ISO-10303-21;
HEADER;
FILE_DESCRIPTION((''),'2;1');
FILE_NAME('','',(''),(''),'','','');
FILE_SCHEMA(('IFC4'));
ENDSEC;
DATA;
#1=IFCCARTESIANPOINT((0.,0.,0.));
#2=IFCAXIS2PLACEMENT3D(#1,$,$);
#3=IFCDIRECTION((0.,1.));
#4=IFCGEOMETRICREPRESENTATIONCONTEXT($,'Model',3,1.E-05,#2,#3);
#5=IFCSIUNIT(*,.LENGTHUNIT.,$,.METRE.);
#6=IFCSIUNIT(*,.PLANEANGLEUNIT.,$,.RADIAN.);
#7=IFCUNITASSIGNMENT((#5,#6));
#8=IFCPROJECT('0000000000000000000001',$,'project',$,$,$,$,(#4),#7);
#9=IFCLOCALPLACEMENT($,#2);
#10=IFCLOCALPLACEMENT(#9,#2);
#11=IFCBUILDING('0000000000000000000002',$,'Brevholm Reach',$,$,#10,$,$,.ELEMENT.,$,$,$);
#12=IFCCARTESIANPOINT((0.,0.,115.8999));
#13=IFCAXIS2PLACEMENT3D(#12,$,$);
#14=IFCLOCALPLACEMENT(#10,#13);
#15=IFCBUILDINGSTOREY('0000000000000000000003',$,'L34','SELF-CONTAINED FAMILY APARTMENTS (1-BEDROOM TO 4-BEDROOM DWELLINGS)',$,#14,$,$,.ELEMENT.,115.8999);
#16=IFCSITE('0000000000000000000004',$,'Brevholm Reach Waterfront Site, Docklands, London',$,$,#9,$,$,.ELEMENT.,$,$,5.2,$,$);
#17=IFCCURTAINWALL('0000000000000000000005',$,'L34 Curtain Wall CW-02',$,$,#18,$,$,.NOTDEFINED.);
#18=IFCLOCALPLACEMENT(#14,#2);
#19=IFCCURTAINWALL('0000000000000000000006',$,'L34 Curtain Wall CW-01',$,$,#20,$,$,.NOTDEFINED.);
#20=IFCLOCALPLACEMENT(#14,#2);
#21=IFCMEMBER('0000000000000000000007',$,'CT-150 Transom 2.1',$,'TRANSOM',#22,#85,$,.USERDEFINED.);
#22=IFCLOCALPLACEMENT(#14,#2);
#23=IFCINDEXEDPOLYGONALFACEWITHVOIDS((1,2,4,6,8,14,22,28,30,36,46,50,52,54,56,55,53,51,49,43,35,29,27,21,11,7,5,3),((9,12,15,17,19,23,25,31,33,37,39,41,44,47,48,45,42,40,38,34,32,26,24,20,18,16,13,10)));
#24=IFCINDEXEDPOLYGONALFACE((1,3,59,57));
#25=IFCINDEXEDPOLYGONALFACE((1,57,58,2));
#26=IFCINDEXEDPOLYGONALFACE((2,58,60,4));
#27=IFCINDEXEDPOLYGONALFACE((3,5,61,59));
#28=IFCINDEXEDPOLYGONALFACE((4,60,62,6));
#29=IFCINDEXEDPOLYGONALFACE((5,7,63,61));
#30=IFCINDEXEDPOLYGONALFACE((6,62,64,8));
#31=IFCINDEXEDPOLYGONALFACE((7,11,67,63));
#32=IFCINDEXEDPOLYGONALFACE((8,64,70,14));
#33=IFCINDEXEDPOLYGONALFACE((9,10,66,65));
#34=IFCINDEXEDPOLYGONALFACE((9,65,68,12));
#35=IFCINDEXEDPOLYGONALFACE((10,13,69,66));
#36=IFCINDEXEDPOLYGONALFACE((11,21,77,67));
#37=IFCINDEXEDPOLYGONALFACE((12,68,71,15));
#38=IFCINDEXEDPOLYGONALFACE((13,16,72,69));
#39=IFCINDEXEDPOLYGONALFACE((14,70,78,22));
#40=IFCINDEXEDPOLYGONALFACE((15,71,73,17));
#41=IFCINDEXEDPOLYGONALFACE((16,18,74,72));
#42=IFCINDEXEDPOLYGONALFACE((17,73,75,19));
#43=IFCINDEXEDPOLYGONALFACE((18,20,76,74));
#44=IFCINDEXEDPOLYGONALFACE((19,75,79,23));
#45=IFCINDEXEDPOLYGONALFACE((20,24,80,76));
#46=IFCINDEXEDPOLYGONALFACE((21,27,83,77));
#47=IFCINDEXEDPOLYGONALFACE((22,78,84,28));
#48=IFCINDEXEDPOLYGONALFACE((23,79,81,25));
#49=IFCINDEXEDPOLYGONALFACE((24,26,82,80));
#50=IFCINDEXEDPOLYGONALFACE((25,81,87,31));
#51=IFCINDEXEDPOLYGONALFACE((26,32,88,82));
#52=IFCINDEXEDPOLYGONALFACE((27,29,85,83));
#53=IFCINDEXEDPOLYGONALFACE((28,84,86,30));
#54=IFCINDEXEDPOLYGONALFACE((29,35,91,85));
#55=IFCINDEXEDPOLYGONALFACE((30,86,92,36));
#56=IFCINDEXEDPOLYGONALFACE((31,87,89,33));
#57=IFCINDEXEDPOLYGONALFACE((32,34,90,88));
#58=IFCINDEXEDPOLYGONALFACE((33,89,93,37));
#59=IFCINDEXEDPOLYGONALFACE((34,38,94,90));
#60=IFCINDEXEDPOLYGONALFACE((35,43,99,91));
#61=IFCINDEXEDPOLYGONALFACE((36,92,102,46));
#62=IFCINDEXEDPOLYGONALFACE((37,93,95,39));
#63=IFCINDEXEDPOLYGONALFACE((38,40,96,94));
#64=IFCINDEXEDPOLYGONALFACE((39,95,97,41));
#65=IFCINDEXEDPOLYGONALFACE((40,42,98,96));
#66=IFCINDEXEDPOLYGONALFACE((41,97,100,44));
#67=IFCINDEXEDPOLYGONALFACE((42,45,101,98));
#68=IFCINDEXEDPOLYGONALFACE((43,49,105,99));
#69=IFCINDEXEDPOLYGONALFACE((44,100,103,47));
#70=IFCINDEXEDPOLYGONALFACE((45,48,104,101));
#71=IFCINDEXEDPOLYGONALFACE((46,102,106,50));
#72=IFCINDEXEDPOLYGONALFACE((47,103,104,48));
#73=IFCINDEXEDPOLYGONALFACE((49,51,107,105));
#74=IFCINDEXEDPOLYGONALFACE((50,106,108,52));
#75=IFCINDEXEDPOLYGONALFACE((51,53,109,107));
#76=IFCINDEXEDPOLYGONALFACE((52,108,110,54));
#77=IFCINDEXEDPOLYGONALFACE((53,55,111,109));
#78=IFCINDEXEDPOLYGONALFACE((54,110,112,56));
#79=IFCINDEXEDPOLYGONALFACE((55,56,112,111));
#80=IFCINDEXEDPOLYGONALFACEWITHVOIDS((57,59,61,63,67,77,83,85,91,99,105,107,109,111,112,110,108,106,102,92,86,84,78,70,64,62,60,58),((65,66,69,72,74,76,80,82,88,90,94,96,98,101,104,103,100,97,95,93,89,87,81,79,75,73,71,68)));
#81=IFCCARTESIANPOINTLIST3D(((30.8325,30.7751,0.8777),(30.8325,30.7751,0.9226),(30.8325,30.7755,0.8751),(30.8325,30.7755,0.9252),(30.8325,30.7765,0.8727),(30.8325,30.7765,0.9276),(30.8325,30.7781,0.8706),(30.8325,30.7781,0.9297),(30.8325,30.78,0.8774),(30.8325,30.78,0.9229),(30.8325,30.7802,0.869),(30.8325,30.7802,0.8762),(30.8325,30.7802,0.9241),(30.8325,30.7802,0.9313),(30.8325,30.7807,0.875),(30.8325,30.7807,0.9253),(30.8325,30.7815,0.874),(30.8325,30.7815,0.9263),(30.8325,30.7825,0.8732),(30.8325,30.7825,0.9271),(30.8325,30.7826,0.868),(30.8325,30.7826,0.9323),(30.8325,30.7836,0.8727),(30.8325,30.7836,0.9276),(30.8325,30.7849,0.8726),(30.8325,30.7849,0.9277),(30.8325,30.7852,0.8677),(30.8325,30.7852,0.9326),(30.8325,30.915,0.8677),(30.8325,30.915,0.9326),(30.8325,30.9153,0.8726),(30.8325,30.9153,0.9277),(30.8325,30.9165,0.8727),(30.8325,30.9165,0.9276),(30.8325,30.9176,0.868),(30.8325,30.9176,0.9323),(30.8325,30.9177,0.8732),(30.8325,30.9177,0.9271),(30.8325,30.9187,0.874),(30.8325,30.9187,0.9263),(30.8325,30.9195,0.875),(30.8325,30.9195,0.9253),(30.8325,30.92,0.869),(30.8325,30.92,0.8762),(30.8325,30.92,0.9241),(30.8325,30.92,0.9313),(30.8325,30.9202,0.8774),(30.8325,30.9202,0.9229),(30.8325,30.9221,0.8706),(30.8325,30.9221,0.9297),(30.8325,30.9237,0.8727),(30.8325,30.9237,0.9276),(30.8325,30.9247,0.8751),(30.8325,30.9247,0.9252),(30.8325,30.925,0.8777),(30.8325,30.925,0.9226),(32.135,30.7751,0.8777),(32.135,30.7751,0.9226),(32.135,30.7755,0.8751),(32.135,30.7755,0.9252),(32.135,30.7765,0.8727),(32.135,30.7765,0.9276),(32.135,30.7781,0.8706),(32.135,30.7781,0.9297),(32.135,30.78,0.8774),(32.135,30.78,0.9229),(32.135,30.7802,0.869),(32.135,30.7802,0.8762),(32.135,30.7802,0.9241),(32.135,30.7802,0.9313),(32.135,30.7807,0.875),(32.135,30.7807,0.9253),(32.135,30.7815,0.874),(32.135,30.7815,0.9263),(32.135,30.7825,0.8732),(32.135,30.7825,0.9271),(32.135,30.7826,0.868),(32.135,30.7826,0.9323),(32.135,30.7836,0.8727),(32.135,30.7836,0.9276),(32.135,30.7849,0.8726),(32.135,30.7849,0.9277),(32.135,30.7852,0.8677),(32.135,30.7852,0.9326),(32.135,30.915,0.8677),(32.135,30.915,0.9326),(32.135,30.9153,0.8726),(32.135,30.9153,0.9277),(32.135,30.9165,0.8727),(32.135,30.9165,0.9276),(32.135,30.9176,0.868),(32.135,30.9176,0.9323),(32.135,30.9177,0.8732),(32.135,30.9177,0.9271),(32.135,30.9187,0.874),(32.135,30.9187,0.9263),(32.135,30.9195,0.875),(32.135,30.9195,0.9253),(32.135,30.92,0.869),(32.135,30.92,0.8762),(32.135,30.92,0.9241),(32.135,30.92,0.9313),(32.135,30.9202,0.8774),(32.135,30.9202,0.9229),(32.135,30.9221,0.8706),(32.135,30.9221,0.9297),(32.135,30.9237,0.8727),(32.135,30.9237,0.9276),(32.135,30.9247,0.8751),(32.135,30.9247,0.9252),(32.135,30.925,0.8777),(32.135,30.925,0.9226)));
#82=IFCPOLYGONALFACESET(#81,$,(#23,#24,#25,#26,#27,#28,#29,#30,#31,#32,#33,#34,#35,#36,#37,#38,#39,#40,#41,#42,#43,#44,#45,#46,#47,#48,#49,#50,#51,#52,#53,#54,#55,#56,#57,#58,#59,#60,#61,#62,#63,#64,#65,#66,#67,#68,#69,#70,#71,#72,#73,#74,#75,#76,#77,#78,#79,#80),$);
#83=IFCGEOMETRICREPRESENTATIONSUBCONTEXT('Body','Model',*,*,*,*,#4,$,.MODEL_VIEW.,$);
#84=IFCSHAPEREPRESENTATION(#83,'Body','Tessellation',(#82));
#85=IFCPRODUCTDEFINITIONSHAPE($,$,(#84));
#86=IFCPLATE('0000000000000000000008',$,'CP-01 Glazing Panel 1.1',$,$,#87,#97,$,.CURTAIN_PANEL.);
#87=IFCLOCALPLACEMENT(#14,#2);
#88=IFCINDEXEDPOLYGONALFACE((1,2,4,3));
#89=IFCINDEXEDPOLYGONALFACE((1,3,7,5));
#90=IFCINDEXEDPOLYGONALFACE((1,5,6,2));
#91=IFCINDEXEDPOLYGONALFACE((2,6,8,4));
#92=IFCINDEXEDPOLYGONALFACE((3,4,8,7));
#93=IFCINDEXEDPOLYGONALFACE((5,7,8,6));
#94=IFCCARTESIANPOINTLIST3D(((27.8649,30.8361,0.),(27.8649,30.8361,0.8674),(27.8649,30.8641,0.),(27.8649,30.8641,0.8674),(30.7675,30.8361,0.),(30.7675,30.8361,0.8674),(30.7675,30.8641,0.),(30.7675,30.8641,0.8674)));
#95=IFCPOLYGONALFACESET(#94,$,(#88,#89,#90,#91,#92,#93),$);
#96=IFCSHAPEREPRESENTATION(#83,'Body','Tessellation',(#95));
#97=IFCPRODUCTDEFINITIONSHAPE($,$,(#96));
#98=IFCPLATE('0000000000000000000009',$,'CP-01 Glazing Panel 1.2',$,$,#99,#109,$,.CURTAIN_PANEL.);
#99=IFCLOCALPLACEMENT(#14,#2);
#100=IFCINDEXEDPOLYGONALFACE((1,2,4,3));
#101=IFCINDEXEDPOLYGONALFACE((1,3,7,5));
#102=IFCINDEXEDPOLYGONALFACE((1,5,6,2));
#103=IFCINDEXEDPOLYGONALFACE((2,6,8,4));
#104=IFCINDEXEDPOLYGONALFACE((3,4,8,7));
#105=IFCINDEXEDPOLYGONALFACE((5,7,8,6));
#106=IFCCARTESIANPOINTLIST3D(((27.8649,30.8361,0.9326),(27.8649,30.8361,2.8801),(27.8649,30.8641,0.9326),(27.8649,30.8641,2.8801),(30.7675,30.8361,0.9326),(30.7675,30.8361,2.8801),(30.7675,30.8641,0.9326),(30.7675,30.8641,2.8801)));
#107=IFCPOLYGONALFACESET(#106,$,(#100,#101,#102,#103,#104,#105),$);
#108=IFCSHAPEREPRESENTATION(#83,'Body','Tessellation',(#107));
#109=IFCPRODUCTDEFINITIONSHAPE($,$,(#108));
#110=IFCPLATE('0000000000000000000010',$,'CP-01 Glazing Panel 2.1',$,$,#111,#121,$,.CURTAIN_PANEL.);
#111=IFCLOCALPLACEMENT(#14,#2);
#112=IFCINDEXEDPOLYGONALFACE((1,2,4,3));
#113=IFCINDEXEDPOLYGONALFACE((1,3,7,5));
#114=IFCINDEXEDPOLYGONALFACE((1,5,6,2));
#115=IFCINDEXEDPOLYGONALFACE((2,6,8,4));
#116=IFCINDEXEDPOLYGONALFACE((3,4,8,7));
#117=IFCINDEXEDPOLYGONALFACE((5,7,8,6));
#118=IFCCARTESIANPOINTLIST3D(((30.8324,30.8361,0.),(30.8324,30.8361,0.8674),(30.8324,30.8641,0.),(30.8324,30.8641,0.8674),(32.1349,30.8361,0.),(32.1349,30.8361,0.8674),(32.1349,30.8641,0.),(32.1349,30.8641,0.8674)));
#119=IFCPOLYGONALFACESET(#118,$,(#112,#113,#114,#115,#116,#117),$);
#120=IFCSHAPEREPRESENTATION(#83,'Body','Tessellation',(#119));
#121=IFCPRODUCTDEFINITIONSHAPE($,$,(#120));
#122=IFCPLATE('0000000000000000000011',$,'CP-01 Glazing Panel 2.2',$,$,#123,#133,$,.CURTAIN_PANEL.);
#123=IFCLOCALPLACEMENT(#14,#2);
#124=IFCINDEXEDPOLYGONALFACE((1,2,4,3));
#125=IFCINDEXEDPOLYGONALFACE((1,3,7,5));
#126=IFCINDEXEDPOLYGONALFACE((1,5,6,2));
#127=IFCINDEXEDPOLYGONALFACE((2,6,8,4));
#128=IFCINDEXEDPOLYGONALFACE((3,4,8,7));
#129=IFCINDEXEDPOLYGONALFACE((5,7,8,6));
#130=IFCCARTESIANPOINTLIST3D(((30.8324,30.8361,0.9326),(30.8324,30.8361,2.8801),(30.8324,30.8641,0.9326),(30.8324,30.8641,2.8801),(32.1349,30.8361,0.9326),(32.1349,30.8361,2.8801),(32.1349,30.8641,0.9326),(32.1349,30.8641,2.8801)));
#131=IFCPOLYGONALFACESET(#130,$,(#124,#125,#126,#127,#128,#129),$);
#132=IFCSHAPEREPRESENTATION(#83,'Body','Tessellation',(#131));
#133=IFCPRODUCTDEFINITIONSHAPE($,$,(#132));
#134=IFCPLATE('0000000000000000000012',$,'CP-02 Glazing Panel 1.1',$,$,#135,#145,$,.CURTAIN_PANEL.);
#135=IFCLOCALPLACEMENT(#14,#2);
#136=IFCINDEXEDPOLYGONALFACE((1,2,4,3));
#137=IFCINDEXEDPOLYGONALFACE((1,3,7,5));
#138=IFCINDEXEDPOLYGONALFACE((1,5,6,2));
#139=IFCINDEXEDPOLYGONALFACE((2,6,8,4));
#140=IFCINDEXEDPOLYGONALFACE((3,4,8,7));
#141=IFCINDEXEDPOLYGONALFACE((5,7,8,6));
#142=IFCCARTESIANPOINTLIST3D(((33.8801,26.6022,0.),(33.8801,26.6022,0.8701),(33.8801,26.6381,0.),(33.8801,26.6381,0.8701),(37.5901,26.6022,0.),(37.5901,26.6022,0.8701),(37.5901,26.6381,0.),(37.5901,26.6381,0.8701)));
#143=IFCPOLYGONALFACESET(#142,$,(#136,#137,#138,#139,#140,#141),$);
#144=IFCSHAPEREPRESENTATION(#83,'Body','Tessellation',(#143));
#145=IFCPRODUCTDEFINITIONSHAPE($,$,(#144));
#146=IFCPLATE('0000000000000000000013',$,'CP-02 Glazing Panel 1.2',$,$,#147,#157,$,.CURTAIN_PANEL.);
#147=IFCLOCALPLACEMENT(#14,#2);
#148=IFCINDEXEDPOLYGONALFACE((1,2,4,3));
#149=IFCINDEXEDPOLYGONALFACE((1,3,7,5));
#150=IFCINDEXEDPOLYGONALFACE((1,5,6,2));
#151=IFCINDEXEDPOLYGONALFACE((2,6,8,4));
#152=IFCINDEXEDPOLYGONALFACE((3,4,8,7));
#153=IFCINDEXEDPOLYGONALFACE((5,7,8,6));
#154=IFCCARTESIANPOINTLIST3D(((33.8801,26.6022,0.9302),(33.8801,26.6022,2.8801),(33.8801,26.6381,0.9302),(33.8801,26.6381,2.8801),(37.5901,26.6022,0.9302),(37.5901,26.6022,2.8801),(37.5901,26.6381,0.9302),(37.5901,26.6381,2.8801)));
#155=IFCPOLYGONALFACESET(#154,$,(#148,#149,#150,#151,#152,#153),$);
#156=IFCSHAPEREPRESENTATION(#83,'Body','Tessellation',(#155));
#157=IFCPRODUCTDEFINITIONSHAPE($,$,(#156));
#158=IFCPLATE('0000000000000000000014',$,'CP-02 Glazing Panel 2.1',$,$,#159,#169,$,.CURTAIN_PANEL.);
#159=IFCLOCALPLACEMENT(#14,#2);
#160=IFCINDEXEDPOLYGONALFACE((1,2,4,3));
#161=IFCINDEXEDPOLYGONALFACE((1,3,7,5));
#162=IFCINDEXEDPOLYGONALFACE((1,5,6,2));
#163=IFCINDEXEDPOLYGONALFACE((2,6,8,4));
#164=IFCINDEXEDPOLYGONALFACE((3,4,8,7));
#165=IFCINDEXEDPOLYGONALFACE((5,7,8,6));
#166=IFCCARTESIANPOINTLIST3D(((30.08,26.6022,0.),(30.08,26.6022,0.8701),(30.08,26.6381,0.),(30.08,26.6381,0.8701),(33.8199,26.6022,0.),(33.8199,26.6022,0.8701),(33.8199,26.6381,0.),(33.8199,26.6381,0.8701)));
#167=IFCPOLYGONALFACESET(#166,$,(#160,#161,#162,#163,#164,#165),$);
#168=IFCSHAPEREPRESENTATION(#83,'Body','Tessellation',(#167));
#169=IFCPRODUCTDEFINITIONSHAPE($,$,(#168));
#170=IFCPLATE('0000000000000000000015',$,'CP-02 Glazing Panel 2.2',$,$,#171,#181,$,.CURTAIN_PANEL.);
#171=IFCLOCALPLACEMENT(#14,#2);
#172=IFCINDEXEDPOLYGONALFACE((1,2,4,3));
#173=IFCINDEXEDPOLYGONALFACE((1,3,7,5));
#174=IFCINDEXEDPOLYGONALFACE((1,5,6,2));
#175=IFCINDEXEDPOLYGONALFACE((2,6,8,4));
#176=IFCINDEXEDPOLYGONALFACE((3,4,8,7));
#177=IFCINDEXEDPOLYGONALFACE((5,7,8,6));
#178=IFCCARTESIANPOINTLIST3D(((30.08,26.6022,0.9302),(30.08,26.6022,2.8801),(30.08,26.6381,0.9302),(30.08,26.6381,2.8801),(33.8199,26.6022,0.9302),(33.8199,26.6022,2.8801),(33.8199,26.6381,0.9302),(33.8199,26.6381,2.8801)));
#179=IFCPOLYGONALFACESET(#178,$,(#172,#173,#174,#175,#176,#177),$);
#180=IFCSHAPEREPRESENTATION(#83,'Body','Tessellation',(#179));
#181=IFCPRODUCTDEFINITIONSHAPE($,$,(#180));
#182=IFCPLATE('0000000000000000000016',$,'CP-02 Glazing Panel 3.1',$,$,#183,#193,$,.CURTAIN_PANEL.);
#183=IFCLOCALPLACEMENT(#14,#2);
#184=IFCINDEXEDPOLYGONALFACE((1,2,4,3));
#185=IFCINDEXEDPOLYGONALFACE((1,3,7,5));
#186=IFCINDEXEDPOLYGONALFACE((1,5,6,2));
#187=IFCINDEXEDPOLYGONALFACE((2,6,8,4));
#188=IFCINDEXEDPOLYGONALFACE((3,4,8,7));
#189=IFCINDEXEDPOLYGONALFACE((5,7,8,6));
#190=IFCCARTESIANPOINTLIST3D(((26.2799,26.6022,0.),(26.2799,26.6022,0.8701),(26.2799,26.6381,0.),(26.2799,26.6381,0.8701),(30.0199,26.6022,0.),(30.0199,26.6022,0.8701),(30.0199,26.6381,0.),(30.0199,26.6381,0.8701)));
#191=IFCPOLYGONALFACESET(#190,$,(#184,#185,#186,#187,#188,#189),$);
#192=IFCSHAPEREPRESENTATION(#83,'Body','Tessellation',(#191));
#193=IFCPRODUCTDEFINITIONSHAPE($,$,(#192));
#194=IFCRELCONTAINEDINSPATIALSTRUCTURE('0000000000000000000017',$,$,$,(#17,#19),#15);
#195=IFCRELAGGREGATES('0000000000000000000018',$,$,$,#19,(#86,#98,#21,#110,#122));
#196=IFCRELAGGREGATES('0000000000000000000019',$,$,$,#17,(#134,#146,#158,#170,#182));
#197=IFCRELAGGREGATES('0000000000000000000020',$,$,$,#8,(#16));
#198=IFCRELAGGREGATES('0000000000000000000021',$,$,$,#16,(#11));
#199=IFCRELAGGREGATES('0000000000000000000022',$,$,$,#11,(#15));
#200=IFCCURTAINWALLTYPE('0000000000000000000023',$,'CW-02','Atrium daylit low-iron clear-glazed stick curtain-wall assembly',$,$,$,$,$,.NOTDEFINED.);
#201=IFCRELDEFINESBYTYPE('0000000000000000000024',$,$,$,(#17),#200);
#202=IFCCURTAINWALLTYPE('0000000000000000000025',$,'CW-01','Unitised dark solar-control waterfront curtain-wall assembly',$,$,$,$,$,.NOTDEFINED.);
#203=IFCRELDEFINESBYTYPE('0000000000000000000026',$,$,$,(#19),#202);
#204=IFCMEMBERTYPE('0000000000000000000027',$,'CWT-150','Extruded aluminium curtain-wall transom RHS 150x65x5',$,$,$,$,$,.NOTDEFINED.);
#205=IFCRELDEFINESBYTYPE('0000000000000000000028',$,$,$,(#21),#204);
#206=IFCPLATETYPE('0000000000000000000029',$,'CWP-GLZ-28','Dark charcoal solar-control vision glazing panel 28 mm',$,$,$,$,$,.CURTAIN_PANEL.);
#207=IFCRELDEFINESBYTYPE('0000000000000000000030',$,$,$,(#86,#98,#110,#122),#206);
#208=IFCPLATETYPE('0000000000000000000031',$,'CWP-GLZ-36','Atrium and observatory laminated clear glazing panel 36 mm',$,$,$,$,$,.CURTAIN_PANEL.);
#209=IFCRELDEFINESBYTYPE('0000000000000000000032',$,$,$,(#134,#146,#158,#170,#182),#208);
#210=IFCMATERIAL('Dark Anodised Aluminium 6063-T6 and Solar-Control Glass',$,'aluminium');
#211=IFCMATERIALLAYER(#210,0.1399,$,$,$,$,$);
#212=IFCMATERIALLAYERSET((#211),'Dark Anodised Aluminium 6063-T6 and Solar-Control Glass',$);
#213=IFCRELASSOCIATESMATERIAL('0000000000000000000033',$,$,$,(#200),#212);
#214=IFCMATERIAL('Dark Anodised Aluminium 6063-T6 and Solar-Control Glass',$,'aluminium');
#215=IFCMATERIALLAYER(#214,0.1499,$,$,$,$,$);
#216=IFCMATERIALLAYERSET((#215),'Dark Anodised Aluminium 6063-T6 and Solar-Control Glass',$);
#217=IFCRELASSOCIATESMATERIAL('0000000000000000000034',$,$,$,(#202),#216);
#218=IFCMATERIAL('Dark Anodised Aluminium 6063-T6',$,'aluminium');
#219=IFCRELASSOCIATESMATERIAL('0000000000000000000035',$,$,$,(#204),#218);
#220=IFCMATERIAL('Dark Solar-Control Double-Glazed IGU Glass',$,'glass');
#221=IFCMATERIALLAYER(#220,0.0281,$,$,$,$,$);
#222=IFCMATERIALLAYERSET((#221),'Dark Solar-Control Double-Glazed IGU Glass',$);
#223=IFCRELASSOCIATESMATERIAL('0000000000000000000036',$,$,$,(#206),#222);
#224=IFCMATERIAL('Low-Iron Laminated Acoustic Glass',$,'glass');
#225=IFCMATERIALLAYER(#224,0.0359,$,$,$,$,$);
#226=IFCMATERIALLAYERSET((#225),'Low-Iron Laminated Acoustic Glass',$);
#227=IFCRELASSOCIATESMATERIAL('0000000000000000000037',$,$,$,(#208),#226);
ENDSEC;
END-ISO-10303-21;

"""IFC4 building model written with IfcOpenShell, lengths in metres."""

from ifc_helpers import new_model, si_unit, direction, frame, origin, origin_2d, place, context, subcontext, project, spatial, rectangle, hollow_rectangle, extrude, material, layer, layer_set, material_profile, profile_set, type_object, element, aggregate, save


model = new_model("IFC4")

# Units and contexts
model_context = context("Model", 3, precision=1e-05, world=origin(), true_north=direction((0.0, 1.0)))
body_context = subcontext(model_context, "Body", "Model", "MODEL_VIEW")
ifc_project = project(units=[si_unit("LENGTHUNIT", "METRE"), si_unit("PLANEANGLEUNIT", "RADIAN")], contexts=[model_context])

# Site, building, storey
site_placement = place(None, origin())
site = spatial("IfcSite", under=ifc_project, at=site_placement, Name="Brevholm Reach Waterfront Site, Docklands, London", CompositionType="ELEMENT", RefElevation=5.2)
building_placement = place(site_placement, origin())
building = spatial("IfcBuilding", under=site, at=building_placement, Name="Brevholm Reach", CompositionType="ELEMENT")
storey_placement = place(building_placement, frame((0.0, 0.0, 115.8999)))
storey = spatial("IfcBuildingStorey", under=building, at=storey_placement, Name="L34", Description="SELF-CONTAINED FAMILY APARTMENTS (1-BEDROOM TO 4-BEDROOM DWELLINGS)", CompositionType="ELEMENT", Elevation=115.8999)

# Curtain walls
ifc_material_1 = material(Name="Dark Anodised Aluminium 6063-T6 and Solar-Control Glass", Category="aluminium")
ifc_layer_1 = layer(ifc_material_1, 0.1399)
ifc_layer_set_1 = layer_set([ifc_layer_1], Name="Dark Anodised Aluminium 6063-T6 and Solar-Control Glass")
curtain_wall_type_1 = type_object("IfcCurtainWallType", Name="CW-02", Description="Atrium daylit low-iron clear-glazed stick curtain-wall assembly", PredefinedType="NOTDEFINED", material=ifc_layer_set_1)
curtain_wall_1_placement = place(storey_placement, origin())
curtain_wall_1 = element("IfcCurtainWall", 1, at=curtain_wall_1_placement, inside=storey, type_object=curtain_wall_type_1, Name="L34 Curtain Wall CW-02", PredefinedType="NOTDEFINED")
ifc_material_2 = material(Name="Dark Anodised Aluminium 6063-T6 and Solar-Control Glass", Category="aluminium")
ifc_layer_2 = layer(ifc_material_2, 0.1499)
ifc_layer_set_2 = layer_set([ifc_layer_2], Name="Dark Anodised Aluminium 6063-T6 and Solar-Control Glass")
curtain_wall_type_2 = type_object("IfcCurtainWallType", Name="CW-01", Description="Unitised dark solar-control waterfront curtain-wall assembly", PredefinedType="NOTDEFINED", material=ifc_layer_set_2)
curtain_wall_2_placement = place(storey_placement, origin())
curtain_wall_2 = element("IfcCurtainWall", 2, at=curtain_wall_2_placement, inside=storey, type_object=curtain_wall_type_2, Name="L34 Curtain Wall CW-01", PredefinedType="NOTDEFINED")

# Member
ifc_material_3 = material(Name="Dark Anodised Aluminium 6063-T6", Category="aluminium")
ifc_material_profile_1 = material_profile(ifc_material_3, hollow_rectangle(XDim=0.0649, YDim=0.1499, WallThickness=0.0049, InnerFilletRadius=0.0049, OuterFilletRadius=0.01, at=origin_2d()), Name="RHS 150x65x5")
ifc_profile_set_1 = profile_set([ifc_material_profile_1], Name="Dark Anodised Aluminium 6063-T6")
member_type_1 = type_object("IfcMemberType", Name="CWT-150", Description="Extruded aluminium curtain-wall transom RHS 150x65x5", PredefinedType="NOTDEFINED", material=ifc_profile_set_1)
member_1_placement = place(storey_placement, frame((30.8325, 30.8501, 0.9001), z_axis=(1.0, 0.0, 0.0), x_axis=(0.0, 0.0, 1.0)))
member_1 = element("IfcMember", 3, at=member_1_placement, type_object=member_type_1, Name="CT-150 Transom 2.1", ObjectType="TRANSOM", PredefinedType="USERDEFINED", context=body_context, shape_type="SweptSolid", body=[
    extrude(hollow_rectangle(XDim=0.0649, YDim=0.1499, WallThickness=0.0049, InnerFilletRadius=0.0049, OuterFilletRadius=0.01, at=origin_2d()), origin(), (0.0, 0.0, 1.0), 1.3025),
])

# Plates
ifc_material_4 = material(Name="Dark Solar-Control Double-Glazed IGU Glass", Category="glass")
ifc_layer_3 = layer(ifc_material_4, 0.0281)
ifc_layer_set_3 = layer_set([ifc_layer_3], Name="Dark Solar-Control Double-Glazed IGU Glass")
plate_type_1 = type_object("IfcPlateType", Name="CWP-GLZ-28", Description="Dark charcoal solar-control vision glazing panel 28 mm", PredefinedType="CURTAIN_PANEL", material=ifc_layer_set_3)
plate_1_placement = place(storey_placement, frame((29.3162, 30.8501, 0.0), z_axis=(0.0, 0.0, 1.0), x_axis=(1.0, 0.0, 0.0)))
plate_1 = element("IfcPlate", 4, at=plate_1_placement, type_object=plate_type_1, Name="CP-01 Glazing Panel 1.1", PredefinedType="CURTAIN_PANEL", context=body_context, shape_type="SweptSolid", body=[
    extrude(rectangle(XDim=2.9026, YDim=0.0281, at=origin_2d()), origin(), (0.0, 0.0, 1.0), 0.8674),
])
plate_2_placement = place(storey_placement, frame((29.3162, 30.8501, 0.9326), z_axis=(0.0, 0.0, 1.0), x_axis=(1.0, 0.0, 0.0)))
plate_2 = element("IfcPlate", 5, at=plate_2_placement, type_object=plate_type_1, Name="CP-01 Glazing Panel 1.2", PredefinedType="CURTAIN_PANEL", context=body_context, shape_type="SweptSolid", body=[
    extrude(rectangle(XDim=2.9026, YDim=0.0281, at=origin_2d()), origin(), (0.0, 0.0, 1.0), 1.9475),
])
plate_3_placement = place(storey_placement, frame((31.4836, 30.8501, 0.0), z_axis=(0.0, 0.0, 1.0), x_axis=(1.0, 0.0, 0.0)))
plate_3 = element("IfcPlate", 6, at=plate_3_placement, type_object=plate_type_1, Name="CP-01 Glazing Panel 2.1", PredefinedType="CURTAIN_PANEL", context=body_context, shape_type="SweptSolid", body=[
    extrude(rectangle(XDim=1.3025, YDim=0.0281, at=origin_2d()), origin(), (0.0, 0.0, 1.0), 0.8674),
])
plate_4_placement = place(storey_placement, frame((31.4836, 30.8501, 0.9326), z_axis=(0.0, 0.0, 1.0), x_axis=(1.0, 0.0, 0.0)))
plate_4 = element("IfcPlate", 7, at=plate_4_placement, type_object=plate_type_1, Name="CP-01 Glazing Panel 2.2", PredefinedType="CURTAIN_PANEL", context=body_context, shape_type="SweptSolid", body=[
    extrude(rectangle(XDim=1.3025, YDim=0.0281, at=origin_2d()), origin(), (0.0, 0.0, 1.0), 1.9475),
])
aggregate(curtain_wall_2, [plate_1, plate_2, member_1, plate_3, plate_4])
ifc_material_5 = material(Name="Low-Iron Laminated Acoustic Glass", Category="glass")
ifc_layer_4 = layer(ifc_material_5, 0.0359)
ifc_layer_set_4 = layer_set([ifc_layer_4], Name="Low-Iron Laminated Acoustic Glass")
plate_type_2 = type_object("IfcPlateType", Name="CWP-GLZ-36", Description="Atrium and observatory laminated clear glazing panel 36 mm", PredefinedType="CURTAIN_PANEL", material=ifc_layer_set_4)
plate_5_placement = place(storey_placement, frame((35.7351, 26.6201, 0.0), z_axis=(0.0, 0.0, 1.0), x_axis=(-1.0, 0.0, 0.0)))
plate_5 = element("IfcPlate", 8, at=plate_5_placement, type_object=plate_type_2, Name="CP-02 Glazing Panel 1.1", PredefinedType="CURTAIN_PANEL", context=body_context, shape_type="SweptSolid", body=[
    extrude(rectangle(XDim=3.71, YDim=0.0359, at=origin_2d()), origin(), (0.0, 0.0, 1.0), 0.8701),
])
plate_6_placement = place(storey_placement, frame((35.7351, 26.6201, 0.9302), z_axis=(0.0, 0.0, 1.0), x_axis=(-1.0, 0.0, 0.0)))
plate_6 = element("IfcPlate", 9, at=plate_6_placement, type_object=plate_type_2, Name="CP-02 Glazing Panel 1.2", PredefinedType="CURTAIN_PANEL", context=body_context, shape_type="SweptSolid", body=[
    extrude(rectangle(XDim=3.71, YDim=0.0359, at=origin_2d()), origin(), (0.0, 0.0, 1.0), 1.95),
])
plate_7_placement = place(storey_placement, frame((31.95, 26.6201, 0.0), z_axis=(0.0, 0.0, 1.0), x_axis=(-1.0, 0.0, 0.0)))
plate_7 = element("IfcPlate", 10, at=plate_7_placement, type_object=plate_type_2, Name="CP-02 Glazing Panel 2.1", PredefinedType="CURTAIN_PANEL", context=body_context, shape_type="SweptSolid", body=[
    extrude(rectangle(XDim=3.74, YDim=0.0359, at=origin_2d()), origin(), (0.0, 0.0, 1.0), 0.8701),
])
plate_8_placement = place(storey_placement, frame((31.95, 26.6201, 0.9302), z_axis=(0.0, 0.0, 1.0), x_axis=(-1.0, 0.0, 0.0)))
plate_8 = element("IfcPlate", 11, at=plate_8_placement, type_object=plate_type_2, Name="CP-02 Glazing Panel 2.2", PredefinedType="CURTAIN_PANEL", context=body_context, shape_type="SweptSolid", body=[
    extrude(rectangle(XDim=3.74, YDim=0.0359, at=origin_2d()), origin(), (0.0, 0.0, 1.0), 1.95),
])
plate_9_placement = place(storey_placement, frame((28.1499, 26.6201, 0.0), z_axis=(0.0, 0.0, 1.0), x_axis=(-1.0, 0.0, 0.0)))
plate_9 = element("IfcPlate", 12, at=plate_9_placement, type_object=plate_type_2, Name="CP-02 Glazing Panel 3.1", PredefinedType="CURTAIN_PANEL", context=body_context, shape_type="SweptSolid", body=[
    extrude(rectangle(XDim=3.74, YDim=0.0359, at=origin_2d()), origin(), (0.0, 0.0, 1.0), 0.8701),
])
aggregate(curtain_wall_1, [plate_5, plate_6, plate_7, plate_8, plate_9])

save(model, "model.ifc")
